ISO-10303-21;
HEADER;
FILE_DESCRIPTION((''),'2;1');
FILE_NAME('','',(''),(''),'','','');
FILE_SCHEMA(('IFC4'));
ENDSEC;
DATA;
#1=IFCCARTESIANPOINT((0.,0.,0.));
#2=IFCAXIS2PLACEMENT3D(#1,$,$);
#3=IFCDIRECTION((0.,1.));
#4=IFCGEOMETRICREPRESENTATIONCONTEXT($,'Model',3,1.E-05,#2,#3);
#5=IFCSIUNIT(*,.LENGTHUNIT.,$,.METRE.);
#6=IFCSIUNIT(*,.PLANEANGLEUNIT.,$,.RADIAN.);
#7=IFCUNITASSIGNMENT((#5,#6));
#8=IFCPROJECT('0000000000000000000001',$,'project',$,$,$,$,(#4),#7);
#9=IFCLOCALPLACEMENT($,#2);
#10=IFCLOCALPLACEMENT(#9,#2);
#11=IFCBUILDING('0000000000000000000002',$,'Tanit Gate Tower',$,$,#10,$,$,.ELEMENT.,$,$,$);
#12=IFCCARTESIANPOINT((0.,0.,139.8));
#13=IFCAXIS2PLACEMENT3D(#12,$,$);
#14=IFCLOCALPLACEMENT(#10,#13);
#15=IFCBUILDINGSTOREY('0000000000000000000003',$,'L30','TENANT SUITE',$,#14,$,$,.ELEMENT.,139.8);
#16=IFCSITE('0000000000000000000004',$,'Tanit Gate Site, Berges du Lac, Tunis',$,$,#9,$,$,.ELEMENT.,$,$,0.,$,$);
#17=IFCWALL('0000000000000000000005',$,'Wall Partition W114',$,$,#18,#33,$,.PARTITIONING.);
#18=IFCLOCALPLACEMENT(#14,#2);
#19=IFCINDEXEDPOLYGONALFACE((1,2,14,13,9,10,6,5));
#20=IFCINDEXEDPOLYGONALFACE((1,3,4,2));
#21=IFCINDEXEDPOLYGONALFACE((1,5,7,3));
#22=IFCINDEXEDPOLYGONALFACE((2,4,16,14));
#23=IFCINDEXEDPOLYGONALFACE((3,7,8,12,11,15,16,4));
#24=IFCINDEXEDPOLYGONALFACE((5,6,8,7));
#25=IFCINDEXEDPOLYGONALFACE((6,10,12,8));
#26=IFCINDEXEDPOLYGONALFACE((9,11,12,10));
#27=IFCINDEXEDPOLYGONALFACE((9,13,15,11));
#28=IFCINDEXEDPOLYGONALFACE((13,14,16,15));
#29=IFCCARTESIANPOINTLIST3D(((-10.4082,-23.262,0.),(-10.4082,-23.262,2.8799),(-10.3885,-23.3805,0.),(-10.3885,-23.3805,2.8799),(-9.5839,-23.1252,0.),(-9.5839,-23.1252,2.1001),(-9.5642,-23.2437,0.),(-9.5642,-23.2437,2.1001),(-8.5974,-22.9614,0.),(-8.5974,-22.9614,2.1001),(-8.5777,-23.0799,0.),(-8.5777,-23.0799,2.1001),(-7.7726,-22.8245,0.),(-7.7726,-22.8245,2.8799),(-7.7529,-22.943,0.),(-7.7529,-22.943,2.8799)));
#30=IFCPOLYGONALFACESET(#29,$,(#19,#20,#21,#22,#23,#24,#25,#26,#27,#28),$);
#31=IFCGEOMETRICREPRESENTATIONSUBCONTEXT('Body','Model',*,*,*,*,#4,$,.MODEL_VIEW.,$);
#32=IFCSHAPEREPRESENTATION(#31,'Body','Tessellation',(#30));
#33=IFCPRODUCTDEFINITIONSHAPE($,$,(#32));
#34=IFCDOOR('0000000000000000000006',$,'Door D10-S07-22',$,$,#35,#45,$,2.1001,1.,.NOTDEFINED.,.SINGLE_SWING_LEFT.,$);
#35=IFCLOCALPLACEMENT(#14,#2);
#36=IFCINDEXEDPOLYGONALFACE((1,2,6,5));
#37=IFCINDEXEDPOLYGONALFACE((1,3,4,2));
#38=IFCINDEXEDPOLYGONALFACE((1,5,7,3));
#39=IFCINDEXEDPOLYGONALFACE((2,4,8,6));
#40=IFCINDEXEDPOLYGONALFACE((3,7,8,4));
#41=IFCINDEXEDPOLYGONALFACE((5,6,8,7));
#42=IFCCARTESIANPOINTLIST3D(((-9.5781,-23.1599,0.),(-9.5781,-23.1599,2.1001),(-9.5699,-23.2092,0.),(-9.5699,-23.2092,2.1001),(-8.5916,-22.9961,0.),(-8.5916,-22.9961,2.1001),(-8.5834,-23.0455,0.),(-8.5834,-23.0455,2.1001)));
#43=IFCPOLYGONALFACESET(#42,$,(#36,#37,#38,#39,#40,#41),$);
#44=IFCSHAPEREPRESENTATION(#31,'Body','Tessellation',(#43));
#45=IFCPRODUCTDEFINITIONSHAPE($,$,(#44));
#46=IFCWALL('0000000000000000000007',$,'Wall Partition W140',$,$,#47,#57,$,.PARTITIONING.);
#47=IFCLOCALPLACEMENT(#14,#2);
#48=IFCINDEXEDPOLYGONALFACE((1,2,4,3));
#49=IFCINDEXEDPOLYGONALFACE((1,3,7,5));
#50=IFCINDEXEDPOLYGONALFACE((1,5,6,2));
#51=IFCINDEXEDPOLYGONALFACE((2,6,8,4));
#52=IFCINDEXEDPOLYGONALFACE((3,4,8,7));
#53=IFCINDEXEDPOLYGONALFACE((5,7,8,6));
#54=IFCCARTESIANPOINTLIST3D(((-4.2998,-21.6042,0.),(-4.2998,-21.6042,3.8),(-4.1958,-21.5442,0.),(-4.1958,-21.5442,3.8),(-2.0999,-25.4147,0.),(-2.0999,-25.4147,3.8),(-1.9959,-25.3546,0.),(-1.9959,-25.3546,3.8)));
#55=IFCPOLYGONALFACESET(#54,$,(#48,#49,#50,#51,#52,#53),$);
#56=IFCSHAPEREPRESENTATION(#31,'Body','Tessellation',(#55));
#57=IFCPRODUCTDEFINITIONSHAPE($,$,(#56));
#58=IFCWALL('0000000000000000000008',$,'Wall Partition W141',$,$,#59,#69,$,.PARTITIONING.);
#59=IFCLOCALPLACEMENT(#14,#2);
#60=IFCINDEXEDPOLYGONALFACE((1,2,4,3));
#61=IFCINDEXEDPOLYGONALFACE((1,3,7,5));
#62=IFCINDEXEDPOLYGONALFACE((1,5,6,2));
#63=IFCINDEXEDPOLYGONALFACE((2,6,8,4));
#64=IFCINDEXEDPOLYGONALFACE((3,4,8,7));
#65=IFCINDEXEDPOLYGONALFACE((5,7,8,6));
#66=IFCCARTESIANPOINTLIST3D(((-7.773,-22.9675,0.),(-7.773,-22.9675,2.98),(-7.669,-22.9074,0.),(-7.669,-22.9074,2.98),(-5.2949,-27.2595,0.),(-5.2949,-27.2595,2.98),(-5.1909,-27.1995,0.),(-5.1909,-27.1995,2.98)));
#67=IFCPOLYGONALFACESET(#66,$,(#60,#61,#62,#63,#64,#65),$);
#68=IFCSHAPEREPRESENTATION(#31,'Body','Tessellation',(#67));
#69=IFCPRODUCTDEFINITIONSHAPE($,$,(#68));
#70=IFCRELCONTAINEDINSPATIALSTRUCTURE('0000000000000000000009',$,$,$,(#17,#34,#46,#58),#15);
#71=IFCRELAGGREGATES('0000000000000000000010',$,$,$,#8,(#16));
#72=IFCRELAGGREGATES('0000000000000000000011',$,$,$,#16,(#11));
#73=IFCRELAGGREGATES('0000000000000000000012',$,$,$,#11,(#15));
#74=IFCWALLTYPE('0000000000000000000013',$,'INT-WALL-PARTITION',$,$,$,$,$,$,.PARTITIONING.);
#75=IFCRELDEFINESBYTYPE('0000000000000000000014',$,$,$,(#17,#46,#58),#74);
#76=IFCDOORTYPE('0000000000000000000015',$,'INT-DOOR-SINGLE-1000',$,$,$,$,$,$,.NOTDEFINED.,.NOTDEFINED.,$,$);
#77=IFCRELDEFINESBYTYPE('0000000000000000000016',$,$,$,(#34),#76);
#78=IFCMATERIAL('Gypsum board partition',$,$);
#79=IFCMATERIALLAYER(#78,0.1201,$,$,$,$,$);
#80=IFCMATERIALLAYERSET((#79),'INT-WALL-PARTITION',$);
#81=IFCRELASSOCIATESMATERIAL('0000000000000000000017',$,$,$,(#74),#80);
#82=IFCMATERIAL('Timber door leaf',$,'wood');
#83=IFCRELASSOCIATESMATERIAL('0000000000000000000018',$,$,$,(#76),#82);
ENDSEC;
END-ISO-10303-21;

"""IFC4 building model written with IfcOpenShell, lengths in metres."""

from ifc_helpers import new_model, si_unit, direction, frame, frame_2d, origin, place, context, subcontext, project, spatial, rectangle, extrude, material, layer, layer_set, type_object, element, fill, save


model = new_model("IFC4")

# Units and contexts
model_context = context("Model", 3, precision=1e-05, world=origin(), true_north=direction((0.0, 1.0)))
body_context = subcontext(model_context, "Body", "Model", "MODEL_VIEW")
ifc_project = project(units=[si_unit("LENGTHUNIT", "METRE"), si_unit("PLANEANGLEUNIT", "RADIAN")], contexts=[model_context])

# Site, building, storey
site_placement = place(None, origin())
site = spatial("IfcSite", under=ifc_project, at=site_placement, Name="Tanit Gate Site, Berges du Lac, Tunis", CompositionType="ELEMENT", RefElevation=0.0)
building_placement = place(site_placement, origin())
building = spatial("IfcBuilding", under=site, at=building_placement, Name="Tanit Gate Tower", CompositionType="ELEMENT")
storey_placement = place(building_placement, frame((0.0, 0.0, 139.8)))
storey = spatial("IfcBuildingStorey", under=building, at=storey_placement, Name="L30", Description="TENANT SUITE", CompositionType="ELEMENT", Elevation=139.8)

# Shared definitions
ifc_material_1 = material(Name="Gypsum board partition")
ifc_layer_1 = layer(ifc_material_1, 0.1201)
ifc_layer_set_1 = layer_set([ifc_layer_1], Name="INT-WALL-PARTITION")
wall_type_1 = type_object("IfcWallType", Name="INT-WALL-PARTITION", PredefinedType="PARTITIONING", material=ifc_layer_set_1)
ifc_material_2 = material(Name="Timber door leaf", Category="wood")
door_type = type_object("IfcDoorType", Name="INT-DOOR-SINGLE-1000", OperationType="NOTDEFINED", PredefinedType="NOTDEFINED", material=ifc_material_2)

# Wall, opening, door
wall_1_placement = place(storey_placement, frame((-10.3984, -23.3213, 0.0), z_axis=(0.0, 0.0, 1.0), x_axis=(0.9865, 0.163762, 0.0)))
wall_1 = element("IfcWall", 1, at=wall_1_placement, inside=storey, type_object=wall_type_1, Name="Wall Partition W114", PredefinedType="PARTITIONING", context=body_context, shape_type="SweptSolid", body=[
    extrude(rectangle(XDim=2.6716, YDim=0.1201, at=frame_2d((1.3359, 0.0))), origin(), (0.0, 0.0, 1.0), 2.8799),
])
opening_1_placement = place(wall_1_placement, frame((0.8357, 0.0, 0.0)))
opening_1 = element("IfcOpeningElement", 2, at=opening_1_placement, cuts=wall_1, PredefinedType="OPENING", context=body_context, shape_type="SweptSolid", body=[
    extrude(rectangle(XDim=1.0, YDim=2.1001, at=frame_2d((0.5, 1.05))), frame((0.0, 0.0701, 0.0), z_axis=(0.0, -1.0, 0.0), x_axis=(1.0, 0.0, 0.0)), (0.0, 0.0, 1.0), 0.1401),
])
door_1_placement = place(opening_1_placement, origin())
door_1 = element("IfcDoor", 3, at=door_1_placement, inside=storey, type_object=door_type, Name="Door D10-S07-22", OperationType="SINGLE_SWING_LEFT", OverallHeight=2.1001, OverallWidth=1.0, PredefinedType="NOTDEFINED", context=body_context, shape_type="SweptSolid", body=[
    extrude(rectangle(XDim=1.0, YDim=2.1001, at=frame_2d((0.5, 1.05))), frame((0.0, 0.0249, 0.0), z_axis=(0.0, -1.0, 0.0), x_axis=(1.0, 0.0, 0.0)), (0.0, 0.0, 1.0), 0.05),
])
fill(opening_1, door_1)

# Walls
wall_2_placement = place(storey_placement, frame((-4.2478, -21.5742, 0.0), z_axis=(0.0, 0.0, 1.0), x_axis=(0.499988, -0.866032, 0.0)))
element("IfcWall", 4, at=wall_2_placement, inside=storey, type_object=wall_type_1, Name="Wall Partition W140", PredefinedType="PARTITIONING", context=body_context, shape_type="SweptSolid", body=[
    extrude(rectangle(XDim=4.3999, YDim=0.1201, at=frame_2d((2.2, 0.0))), origin(), (0.0, 0.0, 1.0), 3.8),
])
wall_3_placement = place(storey_placement, frame((-5.2429, -27.2295, 0.0), z_axis=(0.0, 0.0, 1.0), x_axis=(-0.500007, 0.866022, 0.0)))
element("IfcWall", 5, at=wall_3_placement, inside=storey, type_object=wall_type_1, Name="Wall Partition W141", PredefinedType="PARTITIONING", context=body_context, shape_type="SweptSolid", body=[
    extrude(rectangle(XDim=4.9561, YDim=0.1201, at=frame_2d((2.478, 0.0))), origin(), (0.0, 0.0, 1.0), 2.98),
])

save(model, "model.ifc")
